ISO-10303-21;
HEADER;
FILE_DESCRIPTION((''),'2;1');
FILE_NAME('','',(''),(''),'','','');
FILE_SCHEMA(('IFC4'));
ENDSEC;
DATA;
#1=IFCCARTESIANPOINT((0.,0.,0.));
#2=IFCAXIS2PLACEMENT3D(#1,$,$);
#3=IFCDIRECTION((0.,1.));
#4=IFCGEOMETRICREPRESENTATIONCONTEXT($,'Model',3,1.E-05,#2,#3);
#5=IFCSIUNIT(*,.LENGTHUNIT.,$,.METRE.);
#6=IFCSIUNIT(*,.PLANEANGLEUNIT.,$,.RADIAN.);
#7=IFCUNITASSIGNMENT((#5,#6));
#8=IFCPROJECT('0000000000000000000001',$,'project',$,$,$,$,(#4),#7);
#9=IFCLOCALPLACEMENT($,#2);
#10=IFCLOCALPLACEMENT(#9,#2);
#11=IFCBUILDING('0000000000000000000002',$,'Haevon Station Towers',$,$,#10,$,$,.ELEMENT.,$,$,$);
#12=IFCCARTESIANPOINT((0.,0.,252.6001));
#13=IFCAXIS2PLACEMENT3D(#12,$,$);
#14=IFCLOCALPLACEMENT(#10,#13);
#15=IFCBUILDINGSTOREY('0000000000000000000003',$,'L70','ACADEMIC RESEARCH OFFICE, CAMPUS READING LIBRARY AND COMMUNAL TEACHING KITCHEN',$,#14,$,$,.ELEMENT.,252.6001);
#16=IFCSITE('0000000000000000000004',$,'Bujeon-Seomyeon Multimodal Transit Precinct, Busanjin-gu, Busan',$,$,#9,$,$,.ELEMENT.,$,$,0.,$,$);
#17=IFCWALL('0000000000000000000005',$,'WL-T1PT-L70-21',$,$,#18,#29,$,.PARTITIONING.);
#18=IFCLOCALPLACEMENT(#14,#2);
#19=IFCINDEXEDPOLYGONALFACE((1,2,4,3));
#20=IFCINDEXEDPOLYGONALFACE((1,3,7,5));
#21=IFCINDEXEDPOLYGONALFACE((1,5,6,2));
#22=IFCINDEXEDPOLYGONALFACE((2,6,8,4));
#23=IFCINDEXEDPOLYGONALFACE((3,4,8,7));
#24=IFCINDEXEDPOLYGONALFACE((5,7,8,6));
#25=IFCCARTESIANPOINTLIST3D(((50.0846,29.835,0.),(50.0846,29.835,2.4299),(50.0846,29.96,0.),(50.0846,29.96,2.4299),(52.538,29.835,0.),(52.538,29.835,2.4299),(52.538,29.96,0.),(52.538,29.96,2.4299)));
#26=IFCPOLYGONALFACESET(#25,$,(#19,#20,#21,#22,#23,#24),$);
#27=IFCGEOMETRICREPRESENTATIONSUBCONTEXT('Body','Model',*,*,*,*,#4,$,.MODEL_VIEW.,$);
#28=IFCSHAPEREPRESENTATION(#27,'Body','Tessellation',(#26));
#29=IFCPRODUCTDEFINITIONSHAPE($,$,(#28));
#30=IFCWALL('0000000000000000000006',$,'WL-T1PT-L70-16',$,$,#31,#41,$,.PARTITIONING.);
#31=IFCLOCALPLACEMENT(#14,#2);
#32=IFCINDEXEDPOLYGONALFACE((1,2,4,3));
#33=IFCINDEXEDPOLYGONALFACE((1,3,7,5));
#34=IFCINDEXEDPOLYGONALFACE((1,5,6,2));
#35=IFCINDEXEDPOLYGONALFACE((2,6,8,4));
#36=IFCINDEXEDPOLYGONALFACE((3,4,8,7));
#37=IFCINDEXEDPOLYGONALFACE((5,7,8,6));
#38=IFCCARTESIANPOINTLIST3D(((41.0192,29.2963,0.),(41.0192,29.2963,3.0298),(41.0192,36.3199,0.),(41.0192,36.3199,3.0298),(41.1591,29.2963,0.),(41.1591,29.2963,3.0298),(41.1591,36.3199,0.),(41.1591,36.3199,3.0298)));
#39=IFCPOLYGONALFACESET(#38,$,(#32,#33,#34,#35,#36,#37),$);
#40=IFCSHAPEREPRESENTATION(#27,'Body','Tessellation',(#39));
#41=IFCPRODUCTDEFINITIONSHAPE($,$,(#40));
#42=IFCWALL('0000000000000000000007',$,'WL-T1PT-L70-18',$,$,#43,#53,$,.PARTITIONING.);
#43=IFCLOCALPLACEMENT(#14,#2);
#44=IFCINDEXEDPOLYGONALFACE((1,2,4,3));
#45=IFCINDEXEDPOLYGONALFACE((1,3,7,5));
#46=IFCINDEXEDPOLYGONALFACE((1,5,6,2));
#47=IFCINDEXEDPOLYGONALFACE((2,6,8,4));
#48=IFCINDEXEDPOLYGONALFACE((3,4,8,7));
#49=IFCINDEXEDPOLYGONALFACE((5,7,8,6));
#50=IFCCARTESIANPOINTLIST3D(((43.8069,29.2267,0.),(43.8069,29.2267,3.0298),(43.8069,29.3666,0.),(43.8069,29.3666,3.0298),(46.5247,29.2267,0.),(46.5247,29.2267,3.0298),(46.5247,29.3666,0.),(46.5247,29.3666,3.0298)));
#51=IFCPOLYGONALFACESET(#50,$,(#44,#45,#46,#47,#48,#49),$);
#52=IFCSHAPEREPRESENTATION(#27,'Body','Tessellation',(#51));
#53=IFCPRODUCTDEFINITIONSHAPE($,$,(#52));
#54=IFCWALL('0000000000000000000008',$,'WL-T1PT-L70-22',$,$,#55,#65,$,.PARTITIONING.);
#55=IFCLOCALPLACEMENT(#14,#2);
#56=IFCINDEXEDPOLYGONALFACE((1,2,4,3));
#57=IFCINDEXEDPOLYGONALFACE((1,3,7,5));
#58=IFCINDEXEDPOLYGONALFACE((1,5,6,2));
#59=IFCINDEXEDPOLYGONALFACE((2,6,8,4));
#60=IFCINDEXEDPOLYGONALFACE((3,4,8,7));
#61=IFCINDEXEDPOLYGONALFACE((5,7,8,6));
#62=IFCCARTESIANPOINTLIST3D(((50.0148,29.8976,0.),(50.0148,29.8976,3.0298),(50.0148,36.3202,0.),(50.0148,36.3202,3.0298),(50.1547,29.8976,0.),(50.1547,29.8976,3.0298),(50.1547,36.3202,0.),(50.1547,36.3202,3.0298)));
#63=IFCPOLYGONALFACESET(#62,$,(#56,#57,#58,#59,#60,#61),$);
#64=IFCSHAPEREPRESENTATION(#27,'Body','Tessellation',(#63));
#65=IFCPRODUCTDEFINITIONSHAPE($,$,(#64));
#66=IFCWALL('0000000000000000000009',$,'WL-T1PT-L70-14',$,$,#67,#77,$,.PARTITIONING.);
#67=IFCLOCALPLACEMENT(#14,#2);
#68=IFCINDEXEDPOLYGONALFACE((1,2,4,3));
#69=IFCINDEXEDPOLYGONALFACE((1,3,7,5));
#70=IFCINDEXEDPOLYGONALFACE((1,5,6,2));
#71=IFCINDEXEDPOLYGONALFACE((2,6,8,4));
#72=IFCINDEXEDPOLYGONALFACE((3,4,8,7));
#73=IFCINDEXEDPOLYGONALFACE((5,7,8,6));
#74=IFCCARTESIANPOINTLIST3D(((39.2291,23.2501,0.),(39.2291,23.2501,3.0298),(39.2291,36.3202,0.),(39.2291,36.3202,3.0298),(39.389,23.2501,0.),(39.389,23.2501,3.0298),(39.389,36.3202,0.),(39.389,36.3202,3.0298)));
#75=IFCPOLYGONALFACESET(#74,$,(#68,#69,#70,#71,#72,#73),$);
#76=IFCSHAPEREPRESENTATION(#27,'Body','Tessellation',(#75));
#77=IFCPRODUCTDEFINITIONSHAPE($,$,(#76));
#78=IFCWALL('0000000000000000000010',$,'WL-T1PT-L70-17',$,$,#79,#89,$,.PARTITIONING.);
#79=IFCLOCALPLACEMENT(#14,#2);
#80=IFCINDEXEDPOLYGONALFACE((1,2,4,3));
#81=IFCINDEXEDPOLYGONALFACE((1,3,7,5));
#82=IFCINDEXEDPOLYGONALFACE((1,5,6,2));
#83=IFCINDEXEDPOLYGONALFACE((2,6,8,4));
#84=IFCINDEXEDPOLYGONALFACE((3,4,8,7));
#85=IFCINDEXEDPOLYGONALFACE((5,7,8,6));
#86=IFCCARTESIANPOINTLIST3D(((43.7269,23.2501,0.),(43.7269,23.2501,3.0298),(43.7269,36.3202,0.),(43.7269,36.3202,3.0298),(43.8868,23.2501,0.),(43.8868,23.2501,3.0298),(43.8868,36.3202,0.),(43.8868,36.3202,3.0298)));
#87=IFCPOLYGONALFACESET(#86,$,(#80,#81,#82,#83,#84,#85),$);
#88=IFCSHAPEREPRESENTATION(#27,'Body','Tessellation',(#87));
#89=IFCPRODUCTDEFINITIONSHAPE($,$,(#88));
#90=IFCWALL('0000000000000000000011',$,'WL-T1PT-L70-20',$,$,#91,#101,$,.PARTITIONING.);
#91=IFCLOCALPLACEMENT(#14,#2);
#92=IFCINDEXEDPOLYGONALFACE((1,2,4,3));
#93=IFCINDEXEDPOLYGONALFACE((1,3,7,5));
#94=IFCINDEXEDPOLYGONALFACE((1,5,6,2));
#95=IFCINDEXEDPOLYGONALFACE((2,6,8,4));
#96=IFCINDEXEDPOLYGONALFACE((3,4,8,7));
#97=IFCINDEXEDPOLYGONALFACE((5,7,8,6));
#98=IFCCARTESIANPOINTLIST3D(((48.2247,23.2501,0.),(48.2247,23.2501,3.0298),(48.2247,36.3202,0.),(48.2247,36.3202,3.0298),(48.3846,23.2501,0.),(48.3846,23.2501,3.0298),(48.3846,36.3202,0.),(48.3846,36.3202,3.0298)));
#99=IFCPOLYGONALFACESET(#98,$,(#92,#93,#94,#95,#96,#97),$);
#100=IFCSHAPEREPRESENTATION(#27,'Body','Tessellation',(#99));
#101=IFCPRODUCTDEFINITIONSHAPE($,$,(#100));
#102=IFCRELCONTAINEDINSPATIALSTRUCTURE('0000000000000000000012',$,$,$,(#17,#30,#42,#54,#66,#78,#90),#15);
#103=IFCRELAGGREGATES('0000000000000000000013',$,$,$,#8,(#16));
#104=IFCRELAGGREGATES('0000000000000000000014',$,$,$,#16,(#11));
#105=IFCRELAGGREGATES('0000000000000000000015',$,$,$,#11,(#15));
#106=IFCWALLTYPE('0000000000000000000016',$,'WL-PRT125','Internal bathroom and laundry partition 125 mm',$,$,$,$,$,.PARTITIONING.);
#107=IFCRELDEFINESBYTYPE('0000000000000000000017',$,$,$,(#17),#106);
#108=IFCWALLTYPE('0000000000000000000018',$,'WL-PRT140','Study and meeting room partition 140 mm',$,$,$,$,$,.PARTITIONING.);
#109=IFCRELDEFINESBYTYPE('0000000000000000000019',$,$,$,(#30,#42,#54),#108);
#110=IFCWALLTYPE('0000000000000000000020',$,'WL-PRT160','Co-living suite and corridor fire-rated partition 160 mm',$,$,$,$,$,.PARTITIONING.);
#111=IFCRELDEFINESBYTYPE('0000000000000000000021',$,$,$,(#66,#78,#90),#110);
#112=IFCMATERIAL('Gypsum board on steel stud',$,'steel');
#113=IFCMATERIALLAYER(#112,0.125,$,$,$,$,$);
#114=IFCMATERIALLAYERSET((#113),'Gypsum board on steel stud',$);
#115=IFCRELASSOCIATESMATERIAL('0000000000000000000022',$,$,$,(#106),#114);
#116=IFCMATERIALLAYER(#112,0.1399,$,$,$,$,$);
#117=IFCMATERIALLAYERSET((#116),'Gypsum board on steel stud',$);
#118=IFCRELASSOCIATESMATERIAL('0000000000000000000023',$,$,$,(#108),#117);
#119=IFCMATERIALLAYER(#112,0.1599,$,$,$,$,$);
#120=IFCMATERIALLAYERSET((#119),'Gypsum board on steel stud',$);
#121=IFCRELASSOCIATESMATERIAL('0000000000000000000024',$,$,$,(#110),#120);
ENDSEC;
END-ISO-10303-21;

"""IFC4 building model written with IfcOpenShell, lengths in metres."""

from ifc_helpers import new_model, si_unit, direction, frame, frame_2d, origin, place, context, subcontext, project, spatial, rectangle, extrude, material, layer, layer_set, type_object, element, save


model = new_model("IFC4")

# Units and contexts
model_context = context("Model", 3, precision=1e-05, world=origin(), true_north=direction((0.0, 1.0)))
body_context = subcontext(model_context, "Body", "Model", "MODEL_VIEW")
ifc_project = project(units=[si_unit("LENGTHUNIT", "METRE"), si_unit("PLANEANGLEUNIT", "RADIAN")], contexts=[model_context])

# Site, building, storey
site_placement = place(None, origin())
site = spatial("IfcSite", under=ifc_project, at=site_placement, Name="Bujeon-Seomyeon Multimodal Transit Precinct, Busanjin-gu, Busan", CompositionType="ELEMENT", RefElevation=0.0)
building_placement = place(site_placement, origin())
building = spatial("IfcBuilding", under=site, at=building_placement, Name="Haevon Station Towers", CompositionType="ELEMENT")
storey_placement = place(building_placement, frame((0.0, 0.0, 252.6001)))
storey = spatial("IfcBuildingStorey", under=building, at=storey_placement, Name="L70", Description="ACADEMIC RESEARCH OFFICE, CAMPUS READING LIBRARY AND COMMUNAL TEACHING KITCHEN", CompositionType="ELEMENT", Elevation=252.6001)

# Walls
ifc_material_1 = material(Name="Gypsum board on steel stud", Category="steel")
ifc_layer_1 = layer(ifc_material_1, 0.125)
ifc_layer_set_1 = layer_set([ifc_layer_1], Name="Gypsum board on steel stud")
wall_type_1 = type_object("IfcWallType", Name="WL-PRT125", Description="Internal bathroom and laundry partition 125 mm", PredefinedType="PARTITIONING", material=ifc_layer_set_1)
wall_1_placement = place(storey_placement, frame((50.0847, 29.8975, 0.0), z_axis=(0.0, 0.0, 1.0), x_axis=(1.0, 0.0, 0.0)))
element("IfcWall", 1, at=wall_1_placement, inside=storey, type_object=wall_type_1, Name="WL-T1PT-L70-21", PredefinedType="PARTITIONING", context=body_context, shape_type="SweptSolid", body=[
    extrude(rectangle(XDim=2.4534, YDim=0.125, at=frame_2d((1.2266, 0.0))), origin(), (0.0, 0.0, 1.0), 2.4299),
])
ifc_layer_2 = layer(ifc_material_1, 0.1399)
ifc_layer_set_2 = layer_set([ifc_layer_2], Name="Gypsum board on steel stud")
wall_type_2 = type_object("IfcWallType", Name="WL-PRT140", Description="Study and meeting room partition 140 mm", PredefinedType="PARTITIONING", material=ifc_layer_set_2)
wall_2_placement = place(storey_placement, frame((41.0891, 29.2964, 0.0), z_axis=(0.0, 0.0, 1.0), x_axis=(0.0, 1.0, 0.0)))
element("IfcWall", 2, at=wall_2_placement, inside=storey, type_object=wall_type_2, Name="WL-T1PT-L70-16", PredefinedType="PARTITIONING", context=body_context, shape_type="SweptSolid", body=[
    extrude(rectangle(XDim=7.0237, YDim=0.1399, at=frame_2d((3.5117, 0.0))), origin(), (0.0, 0.0, 1.0), 3.0298),
])
wall_3_placement = place(storey_placement, frame((43.8069, 29.2966, 0.0), z_axis=(0.0, 0.0, 1.0), x_axis=(1.0, 0.0, 0.0)))
element("IfcWall", 3, at=wall_3_placement, inside=storey, type_object=wall_type_2, Name="WL-T1PT-L70-18", PredefinedType="PARTITIONING", context=body_context, shape_type="SweptSolid", body=[
    extrude(rectangle(XDim=2.7178, YDim=0.1399, at=frame_2d((1.3589, 0.0))), origin(), (0.0, 0.0, 1.0), 3.0298),
])
wall_4_placement = place(storey_placement, frame((50.0847, 29.8975, 0.0), z_axis=(0.0, 0.0, 1.0), x_axis=(0.0, 1.0, 0.0)))
element("IfcWall", 4, at=wall_4_placement, inside=storey, type_object=wall_type_2, Name="WL-T1PT-L70-22", PredefinedType="PARTITIONING", context=body_context, shape_type="SweptSolid", body=[
    extrude(rectangle(XDim=6.4226, YDim=0.1399, at=frame_2d((3.2114, 0.0))), origin(), (0.0, 0.0, 1.0), 3.0298),
])
ifc_layer_3 = layer(ifc_material_1, 0.1599)
ifc_layer_set_3 = layer_set([ifc_layer_3], Name="Gypsum board on steel stud")
wall_type_3 = type_object("IfcWallType", Name="WL-PRT160", Description="Co-living suite and corridor fire-rated partition 160 mm", PredefinedType="PARTITIONING", material=ifc_layer_set_3)
for number, where, z_axis, x_axis, name in (
    (5, (39.3091, 23.25, 0.0), (0.0, 0.0, 1.0), (0.0, 1.0, 0.0), "WL-T1PT-L70-14"),
    (6, (43.8069, 23.25, 0.0), (0.0, 0.0, 1.0), (0.0, 1.0, 0.0), "WL-T1PT-L70-17"),
    (7, (48.3047, 23.25, 0.0), (0.0, 0.0, 1.0), (0.0, 1.0, 0.0), "WL-T1PT-L70-20"),
):
    element("IfcWall", number, at=place(storey_placement, frame(where, z_axis=z_axis, x_axis=x_axis)), inside=storey, type_object=wall_type_3, Name=name, PredefinedType="PARTITIONING", context=body_context, shape_type="SweptSolid", body=[
        extrude(rectangle(XDim=13.0701, YDim=0.1599, at=frame_2d((6.5352, 0.0))), origin(), (0.0, 0.0, 1.0), 3.0298),
    ])

save(model, "model.ifc")
